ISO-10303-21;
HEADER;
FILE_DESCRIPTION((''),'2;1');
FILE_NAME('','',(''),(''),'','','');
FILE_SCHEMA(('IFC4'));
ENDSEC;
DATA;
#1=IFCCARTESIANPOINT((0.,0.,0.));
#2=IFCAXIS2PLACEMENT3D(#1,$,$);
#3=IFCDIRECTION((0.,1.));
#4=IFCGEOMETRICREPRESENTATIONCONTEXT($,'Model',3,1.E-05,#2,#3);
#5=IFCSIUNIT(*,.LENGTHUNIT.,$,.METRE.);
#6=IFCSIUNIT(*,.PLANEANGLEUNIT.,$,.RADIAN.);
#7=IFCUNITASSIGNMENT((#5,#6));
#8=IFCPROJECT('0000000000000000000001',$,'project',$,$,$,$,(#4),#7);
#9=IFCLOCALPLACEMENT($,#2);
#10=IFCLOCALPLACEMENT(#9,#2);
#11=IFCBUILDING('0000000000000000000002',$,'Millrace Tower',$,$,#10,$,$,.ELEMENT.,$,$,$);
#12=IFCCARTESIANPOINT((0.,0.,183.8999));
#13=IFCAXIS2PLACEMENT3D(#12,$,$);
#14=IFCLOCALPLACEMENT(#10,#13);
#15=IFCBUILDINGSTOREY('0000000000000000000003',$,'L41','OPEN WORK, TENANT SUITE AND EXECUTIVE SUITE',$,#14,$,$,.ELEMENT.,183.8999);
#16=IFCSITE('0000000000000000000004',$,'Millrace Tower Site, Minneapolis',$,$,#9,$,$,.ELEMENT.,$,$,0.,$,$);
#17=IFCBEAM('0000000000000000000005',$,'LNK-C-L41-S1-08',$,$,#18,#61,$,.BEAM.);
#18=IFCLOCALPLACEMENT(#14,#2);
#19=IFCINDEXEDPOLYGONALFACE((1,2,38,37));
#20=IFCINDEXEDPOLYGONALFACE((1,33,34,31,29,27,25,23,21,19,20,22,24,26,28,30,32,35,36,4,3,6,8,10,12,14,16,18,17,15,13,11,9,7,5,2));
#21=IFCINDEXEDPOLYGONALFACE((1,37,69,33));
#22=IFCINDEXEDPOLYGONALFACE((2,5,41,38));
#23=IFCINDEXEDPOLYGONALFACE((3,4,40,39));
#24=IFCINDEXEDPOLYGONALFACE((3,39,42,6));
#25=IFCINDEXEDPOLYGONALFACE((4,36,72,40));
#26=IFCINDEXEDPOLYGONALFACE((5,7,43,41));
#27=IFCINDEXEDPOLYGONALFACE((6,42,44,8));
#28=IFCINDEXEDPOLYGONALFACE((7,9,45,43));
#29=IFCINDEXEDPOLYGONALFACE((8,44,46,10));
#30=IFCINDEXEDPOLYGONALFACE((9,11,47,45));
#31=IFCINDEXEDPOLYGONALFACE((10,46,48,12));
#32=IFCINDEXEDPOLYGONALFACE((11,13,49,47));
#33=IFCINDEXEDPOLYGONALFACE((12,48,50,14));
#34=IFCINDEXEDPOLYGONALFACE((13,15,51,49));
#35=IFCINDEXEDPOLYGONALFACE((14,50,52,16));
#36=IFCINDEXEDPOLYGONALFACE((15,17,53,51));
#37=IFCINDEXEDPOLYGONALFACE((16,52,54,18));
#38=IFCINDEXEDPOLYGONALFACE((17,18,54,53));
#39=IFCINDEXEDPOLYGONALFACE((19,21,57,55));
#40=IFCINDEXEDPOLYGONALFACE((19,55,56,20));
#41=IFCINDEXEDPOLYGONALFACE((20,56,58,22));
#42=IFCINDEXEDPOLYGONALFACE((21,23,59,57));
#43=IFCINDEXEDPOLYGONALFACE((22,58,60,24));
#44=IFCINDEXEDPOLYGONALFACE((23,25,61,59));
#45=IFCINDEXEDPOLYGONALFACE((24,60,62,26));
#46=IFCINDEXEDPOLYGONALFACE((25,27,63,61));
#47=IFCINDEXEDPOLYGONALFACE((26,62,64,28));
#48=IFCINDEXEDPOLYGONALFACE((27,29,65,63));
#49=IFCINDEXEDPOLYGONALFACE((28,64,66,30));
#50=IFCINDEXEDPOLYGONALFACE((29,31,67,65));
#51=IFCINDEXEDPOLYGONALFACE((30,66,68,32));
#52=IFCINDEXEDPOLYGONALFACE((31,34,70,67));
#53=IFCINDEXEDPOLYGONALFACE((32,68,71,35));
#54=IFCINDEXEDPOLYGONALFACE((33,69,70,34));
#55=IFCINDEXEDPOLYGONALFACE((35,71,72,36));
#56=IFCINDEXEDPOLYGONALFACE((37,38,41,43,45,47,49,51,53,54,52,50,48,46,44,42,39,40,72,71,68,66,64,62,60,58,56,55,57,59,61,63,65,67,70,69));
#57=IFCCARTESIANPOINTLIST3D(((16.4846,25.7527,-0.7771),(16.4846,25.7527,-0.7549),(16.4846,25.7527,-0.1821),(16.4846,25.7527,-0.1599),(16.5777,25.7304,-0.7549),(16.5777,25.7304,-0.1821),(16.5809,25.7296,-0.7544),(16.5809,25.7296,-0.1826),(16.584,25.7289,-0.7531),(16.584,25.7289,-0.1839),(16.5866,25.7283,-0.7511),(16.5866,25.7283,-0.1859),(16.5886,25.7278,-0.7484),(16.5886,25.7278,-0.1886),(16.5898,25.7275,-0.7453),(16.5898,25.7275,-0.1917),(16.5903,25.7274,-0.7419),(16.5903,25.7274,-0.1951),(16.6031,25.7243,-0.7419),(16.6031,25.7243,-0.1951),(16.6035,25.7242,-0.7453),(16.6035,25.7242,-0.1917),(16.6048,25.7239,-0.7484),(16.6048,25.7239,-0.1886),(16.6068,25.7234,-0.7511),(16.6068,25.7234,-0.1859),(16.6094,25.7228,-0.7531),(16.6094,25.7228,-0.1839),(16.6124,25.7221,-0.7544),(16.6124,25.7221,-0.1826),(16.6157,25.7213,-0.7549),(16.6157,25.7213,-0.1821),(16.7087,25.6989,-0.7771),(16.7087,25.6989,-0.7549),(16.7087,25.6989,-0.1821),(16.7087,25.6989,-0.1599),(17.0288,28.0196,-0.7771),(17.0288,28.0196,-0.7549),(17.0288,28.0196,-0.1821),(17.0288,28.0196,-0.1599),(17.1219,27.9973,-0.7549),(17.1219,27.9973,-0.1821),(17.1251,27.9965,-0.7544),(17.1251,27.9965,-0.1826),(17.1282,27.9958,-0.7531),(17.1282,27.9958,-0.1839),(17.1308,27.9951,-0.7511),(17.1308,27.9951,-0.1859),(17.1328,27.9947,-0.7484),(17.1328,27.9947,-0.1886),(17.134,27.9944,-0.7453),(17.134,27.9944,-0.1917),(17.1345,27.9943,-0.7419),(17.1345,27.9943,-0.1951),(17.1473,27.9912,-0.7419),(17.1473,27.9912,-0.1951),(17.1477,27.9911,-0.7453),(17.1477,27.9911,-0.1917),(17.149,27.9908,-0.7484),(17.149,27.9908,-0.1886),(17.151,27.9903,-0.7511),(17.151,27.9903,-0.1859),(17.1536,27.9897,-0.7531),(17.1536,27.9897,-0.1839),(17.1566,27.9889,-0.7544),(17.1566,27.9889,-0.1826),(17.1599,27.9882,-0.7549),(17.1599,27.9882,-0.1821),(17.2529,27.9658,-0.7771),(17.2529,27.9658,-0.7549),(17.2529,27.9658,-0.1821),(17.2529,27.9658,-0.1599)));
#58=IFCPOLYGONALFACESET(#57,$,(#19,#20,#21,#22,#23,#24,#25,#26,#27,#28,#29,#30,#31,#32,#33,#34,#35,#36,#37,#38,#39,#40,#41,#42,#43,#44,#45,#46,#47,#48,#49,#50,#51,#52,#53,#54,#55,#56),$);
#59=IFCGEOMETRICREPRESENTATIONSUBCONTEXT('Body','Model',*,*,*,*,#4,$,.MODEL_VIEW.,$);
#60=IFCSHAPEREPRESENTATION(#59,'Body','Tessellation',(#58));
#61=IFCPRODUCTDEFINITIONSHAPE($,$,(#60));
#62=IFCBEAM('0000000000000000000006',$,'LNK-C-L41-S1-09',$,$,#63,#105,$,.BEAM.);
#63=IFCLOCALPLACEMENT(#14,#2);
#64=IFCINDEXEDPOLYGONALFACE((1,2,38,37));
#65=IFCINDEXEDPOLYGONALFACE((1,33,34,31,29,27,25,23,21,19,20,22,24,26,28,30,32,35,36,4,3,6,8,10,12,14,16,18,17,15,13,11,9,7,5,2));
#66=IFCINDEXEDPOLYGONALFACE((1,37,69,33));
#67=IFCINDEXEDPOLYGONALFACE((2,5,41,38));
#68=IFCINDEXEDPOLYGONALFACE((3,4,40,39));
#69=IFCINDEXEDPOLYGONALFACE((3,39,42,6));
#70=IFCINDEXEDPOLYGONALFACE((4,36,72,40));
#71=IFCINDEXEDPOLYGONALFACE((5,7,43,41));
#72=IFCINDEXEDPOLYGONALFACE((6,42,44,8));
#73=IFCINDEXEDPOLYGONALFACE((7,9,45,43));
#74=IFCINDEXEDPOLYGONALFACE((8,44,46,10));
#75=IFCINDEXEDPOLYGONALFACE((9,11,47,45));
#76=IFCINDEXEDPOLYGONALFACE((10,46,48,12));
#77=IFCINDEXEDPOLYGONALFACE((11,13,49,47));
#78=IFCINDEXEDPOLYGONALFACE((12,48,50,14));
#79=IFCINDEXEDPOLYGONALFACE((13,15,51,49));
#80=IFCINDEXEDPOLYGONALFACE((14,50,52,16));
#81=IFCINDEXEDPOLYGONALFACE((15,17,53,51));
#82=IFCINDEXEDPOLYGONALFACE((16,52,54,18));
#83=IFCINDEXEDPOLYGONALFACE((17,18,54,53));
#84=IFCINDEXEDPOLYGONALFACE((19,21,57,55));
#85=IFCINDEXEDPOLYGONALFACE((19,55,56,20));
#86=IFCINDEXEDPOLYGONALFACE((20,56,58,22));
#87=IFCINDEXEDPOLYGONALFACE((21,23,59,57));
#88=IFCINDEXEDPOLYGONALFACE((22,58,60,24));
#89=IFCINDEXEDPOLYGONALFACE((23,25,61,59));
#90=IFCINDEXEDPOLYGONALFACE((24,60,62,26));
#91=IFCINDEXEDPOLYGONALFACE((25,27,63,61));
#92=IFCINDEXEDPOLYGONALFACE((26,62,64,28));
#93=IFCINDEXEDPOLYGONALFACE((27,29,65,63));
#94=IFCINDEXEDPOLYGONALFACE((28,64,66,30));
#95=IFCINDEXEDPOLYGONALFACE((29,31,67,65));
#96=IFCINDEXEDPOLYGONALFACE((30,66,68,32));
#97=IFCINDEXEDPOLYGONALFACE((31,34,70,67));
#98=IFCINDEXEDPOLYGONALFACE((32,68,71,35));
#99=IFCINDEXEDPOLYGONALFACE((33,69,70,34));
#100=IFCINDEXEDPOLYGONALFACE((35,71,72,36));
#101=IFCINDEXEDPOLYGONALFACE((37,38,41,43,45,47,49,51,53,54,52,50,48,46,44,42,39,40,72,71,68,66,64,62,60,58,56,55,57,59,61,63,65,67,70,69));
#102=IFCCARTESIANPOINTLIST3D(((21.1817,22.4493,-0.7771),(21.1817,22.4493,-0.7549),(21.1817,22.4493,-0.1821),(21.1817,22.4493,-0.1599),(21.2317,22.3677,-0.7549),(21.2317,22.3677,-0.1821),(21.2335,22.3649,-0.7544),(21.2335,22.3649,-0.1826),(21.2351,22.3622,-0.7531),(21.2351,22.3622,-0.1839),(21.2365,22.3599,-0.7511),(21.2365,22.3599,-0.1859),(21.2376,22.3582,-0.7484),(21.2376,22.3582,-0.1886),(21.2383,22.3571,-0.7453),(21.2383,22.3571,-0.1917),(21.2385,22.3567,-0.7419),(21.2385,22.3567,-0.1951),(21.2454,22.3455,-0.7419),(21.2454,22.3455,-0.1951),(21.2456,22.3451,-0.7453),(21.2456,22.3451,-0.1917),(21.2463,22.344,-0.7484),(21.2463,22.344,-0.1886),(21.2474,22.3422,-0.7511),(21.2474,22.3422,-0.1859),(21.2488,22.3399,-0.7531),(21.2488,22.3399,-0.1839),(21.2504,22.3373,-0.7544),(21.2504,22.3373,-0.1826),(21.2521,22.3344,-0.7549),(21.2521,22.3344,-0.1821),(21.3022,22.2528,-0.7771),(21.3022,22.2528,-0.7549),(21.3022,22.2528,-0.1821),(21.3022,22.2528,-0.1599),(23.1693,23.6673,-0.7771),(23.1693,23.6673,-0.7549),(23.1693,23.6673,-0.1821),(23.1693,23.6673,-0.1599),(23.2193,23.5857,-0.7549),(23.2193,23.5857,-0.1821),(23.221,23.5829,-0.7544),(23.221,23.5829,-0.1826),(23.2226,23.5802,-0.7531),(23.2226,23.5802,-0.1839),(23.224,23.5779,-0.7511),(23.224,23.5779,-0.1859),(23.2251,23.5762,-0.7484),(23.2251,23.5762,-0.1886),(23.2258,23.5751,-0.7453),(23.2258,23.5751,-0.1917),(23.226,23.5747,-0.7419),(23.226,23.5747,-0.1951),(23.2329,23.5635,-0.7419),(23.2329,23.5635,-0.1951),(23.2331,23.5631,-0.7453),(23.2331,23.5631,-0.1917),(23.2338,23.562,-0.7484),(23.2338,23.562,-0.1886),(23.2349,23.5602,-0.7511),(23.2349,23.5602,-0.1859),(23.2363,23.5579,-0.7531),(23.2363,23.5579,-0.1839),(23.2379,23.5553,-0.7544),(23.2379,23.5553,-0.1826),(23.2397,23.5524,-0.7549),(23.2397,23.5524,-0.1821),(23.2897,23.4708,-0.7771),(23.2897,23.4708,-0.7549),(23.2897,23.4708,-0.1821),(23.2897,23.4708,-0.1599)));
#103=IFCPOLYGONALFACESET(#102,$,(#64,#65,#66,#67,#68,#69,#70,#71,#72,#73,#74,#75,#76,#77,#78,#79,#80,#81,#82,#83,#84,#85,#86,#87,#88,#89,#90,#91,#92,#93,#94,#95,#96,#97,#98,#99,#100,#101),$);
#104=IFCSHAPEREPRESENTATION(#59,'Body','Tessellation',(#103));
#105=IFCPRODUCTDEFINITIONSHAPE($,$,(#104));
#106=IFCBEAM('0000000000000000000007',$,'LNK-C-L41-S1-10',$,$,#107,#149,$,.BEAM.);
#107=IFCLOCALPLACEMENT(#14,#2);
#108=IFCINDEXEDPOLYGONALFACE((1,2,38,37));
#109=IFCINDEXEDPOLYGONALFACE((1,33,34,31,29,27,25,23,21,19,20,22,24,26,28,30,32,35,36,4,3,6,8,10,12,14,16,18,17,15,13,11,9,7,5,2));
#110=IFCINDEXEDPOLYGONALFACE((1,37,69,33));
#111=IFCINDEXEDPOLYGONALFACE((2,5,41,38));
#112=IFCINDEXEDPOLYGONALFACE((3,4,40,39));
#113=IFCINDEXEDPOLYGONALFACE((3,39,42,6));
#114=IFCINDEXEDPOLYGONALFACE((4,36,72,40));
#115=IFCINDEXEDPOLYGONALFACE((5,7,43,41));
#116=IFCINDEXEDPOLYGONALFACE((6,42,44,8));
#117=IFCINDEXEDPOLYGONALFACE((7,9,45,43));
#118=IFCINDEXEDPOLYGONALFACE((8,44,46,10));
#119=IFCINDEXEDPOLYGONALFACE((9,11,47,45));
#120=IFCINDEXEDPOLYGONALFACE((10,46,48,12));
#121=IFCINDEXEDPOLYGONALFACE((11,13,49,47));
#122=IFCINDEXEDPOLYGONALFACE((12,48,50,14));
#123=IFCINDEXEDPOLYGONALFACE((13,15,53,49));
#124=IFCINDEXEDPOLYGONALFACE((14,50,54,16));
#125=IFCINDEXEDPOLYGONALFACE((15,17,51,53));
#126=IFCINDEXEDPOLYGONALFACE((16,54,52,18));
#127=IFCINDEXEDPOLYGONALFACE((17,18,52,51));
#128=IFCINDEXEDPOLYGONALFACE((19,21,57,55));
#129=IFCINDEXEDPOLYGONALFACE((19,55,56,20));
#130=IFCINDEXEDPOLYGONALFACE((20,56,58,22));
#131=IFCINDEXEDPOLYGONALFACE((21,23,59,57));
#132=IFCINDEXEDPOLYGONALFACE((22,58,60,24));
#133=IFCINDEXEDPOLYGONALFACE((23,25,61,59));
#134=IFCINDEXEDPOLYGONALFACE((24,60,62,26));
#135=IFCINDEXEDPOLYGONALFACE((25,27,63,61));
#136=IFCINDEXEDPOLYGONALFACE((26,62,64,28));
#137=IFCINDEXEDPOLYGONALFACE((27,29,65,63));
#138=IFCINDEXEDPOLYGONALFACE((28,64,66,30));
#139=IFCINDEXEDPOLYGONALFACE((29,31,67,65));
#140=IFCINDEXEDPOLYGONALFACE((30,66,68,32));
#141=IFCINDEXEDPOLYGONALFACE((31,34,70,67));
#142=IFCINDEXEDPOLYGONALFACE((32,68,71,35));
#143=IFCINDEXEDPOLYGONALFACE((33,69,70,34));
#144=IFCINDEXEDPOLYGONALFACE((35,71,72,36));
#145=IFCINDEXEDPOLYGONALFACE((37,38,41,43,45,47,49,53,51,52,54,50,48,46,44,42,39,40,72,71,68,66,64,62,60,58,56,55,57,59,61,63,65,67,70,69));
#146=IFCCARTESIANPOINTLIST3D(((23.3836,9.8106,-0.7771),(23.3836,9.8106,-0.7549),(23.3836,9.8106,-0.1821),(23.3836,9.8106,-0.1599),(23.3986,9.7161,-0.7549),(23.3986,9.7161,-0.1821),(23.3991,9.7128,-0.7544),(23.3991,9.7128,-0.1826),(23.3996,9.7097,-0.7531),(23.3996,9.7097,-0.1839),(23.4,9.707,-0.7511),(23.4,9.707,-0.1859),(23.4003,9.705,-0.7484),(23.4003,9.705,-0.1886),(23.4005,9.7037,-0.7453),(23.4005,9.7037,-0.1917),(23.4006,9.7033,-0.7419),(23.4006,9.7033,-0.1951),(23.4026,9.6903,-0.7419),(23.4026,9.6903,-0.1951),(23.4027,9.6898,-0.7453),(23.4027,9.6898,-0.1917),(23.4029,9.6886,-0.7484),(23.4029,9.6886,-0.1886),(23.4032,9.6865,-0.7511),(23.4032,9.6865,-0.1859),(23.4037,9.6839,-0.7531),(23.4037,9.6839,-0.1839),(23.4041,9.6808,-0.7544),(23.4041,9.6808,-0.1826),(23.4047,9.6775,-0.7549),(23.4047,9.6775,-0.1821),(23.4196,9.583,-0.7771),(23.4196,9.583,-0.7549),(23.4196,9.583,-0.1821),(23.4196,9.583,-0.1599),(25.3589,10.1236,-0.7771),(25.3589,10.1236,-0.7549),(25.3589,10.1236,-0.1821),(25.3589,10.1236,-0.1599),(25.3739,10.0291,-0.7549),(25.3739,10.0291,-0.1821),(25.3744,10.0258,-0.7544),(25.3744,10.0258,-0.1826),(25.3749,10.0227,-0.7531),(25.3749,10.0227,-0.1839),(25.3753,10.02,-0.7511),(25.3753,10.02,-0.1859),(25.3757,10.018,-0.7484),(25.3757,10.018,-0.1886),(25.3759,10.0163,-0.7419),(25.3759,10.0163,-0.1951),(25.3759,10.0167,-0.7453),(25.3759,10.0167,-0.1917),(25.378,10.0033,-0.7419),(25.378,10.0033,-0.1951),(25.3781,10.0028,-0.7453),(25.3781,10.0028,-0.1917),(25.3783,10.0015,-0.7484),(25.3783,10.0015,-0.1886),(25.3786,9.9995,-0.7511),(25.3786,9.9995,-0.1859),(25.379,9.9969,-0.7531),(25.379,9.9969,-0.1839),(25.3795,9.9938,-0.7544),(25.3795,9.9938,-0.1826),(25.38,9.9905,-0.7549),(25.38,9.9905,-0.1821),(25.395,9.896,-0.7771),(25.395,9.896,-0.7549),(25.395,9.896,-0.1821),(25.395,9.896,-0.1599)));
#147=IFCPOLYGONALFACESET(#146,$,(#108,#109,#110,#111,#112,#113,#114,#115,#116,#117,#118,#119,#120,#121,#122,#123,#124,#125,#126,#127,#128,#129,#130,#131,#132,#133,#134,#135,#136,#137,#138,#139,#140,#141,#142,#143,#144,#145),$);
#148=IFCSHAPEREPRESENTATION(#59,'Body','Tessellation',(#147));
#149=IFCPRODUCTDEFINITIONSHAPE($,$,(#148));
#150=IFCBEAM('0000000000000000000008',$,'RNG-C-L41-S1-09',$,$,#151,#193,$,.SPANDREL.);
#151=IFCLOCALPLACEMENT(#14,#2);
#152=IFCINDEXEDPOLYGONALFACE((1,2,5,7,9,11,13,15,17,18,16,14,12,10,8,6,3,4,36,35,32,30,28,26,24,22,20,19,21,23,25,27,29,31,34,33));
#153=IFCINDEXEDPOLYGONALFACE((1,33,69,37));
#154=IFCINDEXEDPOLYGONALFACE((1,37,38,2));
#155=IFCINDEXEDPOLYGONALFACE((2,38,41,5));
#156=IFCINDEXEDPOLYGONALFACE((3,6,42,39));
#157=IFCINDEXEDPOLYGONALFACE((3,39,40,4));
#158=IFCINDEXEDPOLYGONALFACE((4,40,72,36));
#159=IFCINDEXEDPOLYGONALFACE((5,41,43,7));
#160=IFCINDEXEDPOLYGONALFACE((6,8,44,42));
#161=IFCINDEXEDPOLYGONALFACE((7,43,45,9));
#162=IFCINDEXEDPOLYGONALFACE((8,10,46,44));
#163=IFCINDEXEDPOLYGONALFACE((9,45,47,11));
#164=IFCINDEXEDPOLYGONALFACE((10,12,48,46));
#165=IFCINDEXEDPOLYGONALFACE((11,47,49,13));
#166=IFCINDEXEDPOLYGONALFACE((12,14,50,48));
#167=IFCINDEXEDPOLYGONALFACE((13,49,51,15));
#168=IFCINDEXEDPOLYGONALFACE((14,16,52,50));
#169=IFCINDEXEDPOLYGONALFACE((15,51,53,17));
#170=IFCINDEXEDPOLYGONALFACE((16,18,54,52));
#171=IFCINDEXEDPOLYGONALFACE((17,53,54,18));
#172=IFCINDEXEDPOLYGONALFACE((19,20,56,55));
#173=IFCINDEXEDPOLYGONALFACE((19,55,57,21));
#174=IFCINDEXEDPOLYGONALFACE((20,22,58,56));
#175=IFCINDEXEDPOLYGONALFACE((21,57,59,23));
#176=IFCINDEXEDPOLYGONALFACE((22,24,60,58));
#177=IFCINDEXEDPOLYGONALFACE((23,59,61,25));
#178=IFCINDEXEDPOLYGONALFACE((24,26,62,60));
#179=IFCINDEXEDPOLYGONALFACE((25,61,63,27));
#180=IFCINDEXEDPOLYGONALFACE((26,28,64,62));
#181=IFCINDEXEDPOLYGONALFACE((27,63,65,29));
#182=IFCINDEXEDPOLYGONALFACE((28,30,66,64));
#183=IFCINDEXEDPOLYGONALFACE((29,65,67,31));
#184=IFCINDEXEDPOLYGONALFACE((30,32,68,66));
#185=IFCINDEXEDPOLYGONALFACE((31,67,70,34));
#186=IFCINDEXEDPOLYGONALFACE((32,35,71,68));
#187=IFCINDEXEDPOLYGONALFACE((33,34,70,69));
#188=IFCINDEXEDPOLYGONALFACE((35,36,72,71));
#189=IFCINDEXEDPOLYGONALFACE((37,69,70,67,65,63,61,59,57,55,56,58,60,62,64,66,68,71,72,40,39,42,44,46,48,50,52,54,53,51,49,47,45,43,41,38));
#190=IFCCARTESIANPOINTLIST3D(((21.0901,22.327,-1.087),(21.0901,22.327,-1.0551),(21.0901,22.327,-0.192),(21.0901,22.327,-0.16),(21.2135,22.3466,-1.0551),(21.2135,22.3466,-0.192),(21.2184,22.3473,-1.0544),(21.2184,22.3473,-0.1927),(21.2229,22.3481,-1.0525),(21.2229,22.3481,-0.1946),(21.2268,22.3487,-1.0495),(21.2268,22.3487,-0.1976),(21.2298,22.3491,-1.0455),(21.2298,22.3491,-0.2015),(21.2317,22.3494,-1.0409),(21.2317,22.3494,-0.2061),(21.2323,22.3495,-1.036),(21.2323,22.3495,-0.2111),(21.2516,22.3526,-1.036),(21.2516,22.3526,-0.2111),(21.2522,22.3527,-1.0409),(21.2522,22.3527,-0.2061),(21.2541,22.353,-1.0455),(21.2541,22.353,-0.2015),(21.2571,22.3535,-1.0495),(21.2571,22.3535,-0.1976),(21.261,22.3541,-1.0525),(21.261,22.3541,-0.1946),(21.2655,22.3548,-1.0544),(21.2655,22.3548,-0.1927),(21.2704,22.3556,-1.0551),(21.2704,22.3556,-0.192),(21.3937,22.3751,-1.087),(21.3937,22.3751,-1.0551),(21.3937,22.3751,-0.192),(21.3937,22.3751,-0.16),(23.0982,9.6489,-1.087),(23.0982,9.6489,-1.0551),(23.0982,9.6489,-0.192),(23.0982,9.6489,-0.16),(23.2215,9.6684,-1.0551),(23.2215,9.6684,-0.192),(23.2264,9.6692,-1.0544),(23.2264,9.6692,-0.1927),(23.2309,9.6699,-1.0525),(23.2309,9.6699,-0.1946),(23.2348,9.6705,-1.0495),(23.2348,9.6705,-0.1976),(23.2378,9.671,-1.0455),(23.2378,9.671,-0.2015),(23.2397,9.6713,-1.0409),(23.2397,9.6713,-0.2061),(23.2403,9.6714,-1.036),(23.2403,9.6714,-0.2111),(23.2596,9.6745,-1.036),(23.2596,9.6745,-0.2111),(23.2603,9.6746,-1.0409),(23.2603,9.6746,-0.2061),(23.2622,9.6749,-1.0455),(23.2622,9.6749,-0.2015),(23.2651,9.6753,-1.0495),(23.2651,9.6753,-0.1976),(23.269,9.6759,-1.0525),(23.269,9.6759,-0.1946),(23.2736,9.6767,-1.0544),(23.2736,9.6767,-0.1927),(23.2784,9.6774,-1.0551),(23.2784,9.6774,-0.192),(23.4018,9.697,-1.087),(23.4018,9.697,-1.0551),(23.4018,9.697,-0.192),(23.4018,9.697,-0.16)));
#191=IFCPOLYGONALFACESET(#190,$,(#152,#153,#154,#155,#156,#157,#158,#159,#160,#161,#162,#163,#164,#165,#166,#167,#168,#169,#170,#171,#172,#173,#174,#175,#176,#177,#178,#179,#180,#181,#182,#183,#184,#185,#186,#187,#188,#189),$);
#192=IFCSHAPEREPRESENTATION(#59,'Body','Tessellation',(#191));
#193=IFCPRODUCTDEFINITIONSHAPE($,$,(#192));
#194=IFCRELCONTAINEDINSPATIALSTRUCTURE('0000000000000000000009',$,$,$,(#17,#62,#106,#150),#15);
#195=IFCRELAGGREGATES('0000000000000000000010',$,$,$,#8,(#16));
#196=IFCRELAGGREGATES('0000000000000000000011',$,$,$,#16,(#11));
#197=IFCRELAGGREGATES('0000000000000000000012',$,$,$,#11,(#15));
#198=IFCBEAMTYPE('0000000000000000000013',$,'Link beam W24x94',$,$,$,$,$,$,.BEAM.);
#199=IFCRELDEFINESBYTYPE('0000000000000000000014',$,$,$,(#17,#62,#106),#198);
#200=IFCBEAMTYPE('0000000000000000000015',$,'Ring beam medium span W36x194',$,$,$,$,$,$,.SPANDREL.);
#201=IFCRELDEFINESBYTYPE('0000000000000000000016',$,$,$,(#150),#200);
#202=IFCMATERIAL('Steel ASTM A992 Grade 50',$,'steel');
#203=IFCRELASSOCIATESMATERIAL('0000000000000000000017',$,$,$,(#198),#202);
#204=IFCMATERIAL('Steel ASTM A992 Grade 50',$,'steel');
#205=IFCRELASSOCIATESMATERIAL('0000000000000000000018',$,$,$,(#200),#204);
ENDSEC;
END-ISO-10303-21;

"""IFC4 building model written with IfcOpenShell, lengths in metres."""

from ifc_helpers import new_model, si_unit, direction, frame, origin, origin_2d, place, context, subcontext, project, spatial, i_section, extrude, material, material_profile, profile_set, type_object, element, save


model = new_model("IFC4")

# Units and contexts
model_context = context("Model", 3, precision=1e-05, world=origin(), true_north=direction((0.0, 1.0)))
body_context = subcontext(model_context, "Body", "Model", "MODEL_VIEW")
ifc_project = project(units=[si_unit("LENGTHUNIT", "METRE"), si_unit("PLANEANGLEUNIT", "RADIAN")], contexts=[model_context])

# Site, building, storey
site_placement = place(None, origin())
site = spatial("IfcSite", under=ifc_project, at=site_placement, Name="Millrace Tower Site, Minneapolis", CompositionType="ELEMENT", RefElevation=0.0)
building_placement = place(site_placement, origin())
building = spatial("IfcBuilding", under=site, at=building_placement, Name="Millrace Tower", CompositionType="ELEMENT")
storey_placement = place(building_placement, frame((0.0, 0.0, 183.8999)))
storey = spatial("IfcBuildingStorey", under=building, at=storey_placement, Name="L41", Description="OPEN WORK, TENANT SUITE AND EXECUTIVE SUITE", CompositionType="ELEMENT", Elevation=183.8999)

# Beams
ifc_material_1 = material(Name="Steel ASTM A992 Grade 50", Category="steel")
ifc_material_profile_1 = material_profile(ifc_material_1, i_section(OverallWidth=0.2305, OverallDepth=0.6172, WebThickness=0.0132, FlangeThickness=0.0222, FilletRadius=0.0129, at=origin_2d()))
ifc_profile_set_1 = profile_set([ifc_material_profile_1], Name="Steel ASTM A992 Grade 50")
beam_type_1 = type_object("IfcBeamType", Name="Link beam W24x94", PredefinedType="BEAM", material=ifc_profile_set_1)
beam_1_placement = place(storey_placement, frame((16.5967, 25.7258, -0.4685), z_axis=(0.233432, 0.972373, 0.0), x_axis=(-0.972373, 0.233432, 0.0)))
element("IfcBeam", 1, at=beam_1_placement, inside=storey, type_object=beam_type_1, Name="LNK-C-L41-S1-08", PredefinedType="BEAM", context=body_context, shape_type="SweptSolid", body=[
    extrude(i_section(OverallWidth=0.2305, OverallDepth=0.6172, WebThickness=0.0132, FlangeThickness=0.0222, FilletRadius=0.0129, at=origin_2d()), origin(), (0.0, 0.0, 1.0), 2.3313),
])
beam_2_placement = place(storey_placement, frame((21.2419, 22.3511, -0.4685), z_axis=(0.852631, 0.522513, 0.0), x_axis=(-0.522513, 0.852631, 0.0)))
element("IfcBeam", 2, at=beam_2_placement, inside=storey, type_object=beam_type_1, Name="LNK-C-L41-S1-09", PredefinedType="BEAM", context=body_context, shape_type="SweptSolid", body=[
    extrude(i_section(OverallWidth=0.2305, OverallDepth=0.6172, WebThickness=0.0132, FlangeThickness=0.0222, FilletRadius=0.0129, at=origin_2d()), origin(), (0.0, 0.0, 1.0), 2.3311),
])
beam_3_placement = place(storey_placement, frame((23.4016, 9.6968, -0.4685), z_axis=(0.987679, 0.156495, 0.0), x_axis=(-0.156495, 0.987679, 0.0)))
element("IfcBeam", 3, at=beam_3_placement, inside=storey, type_object=beam_type_1, Name="LNK-C-L41-S1-10", PredefinedType="BEAM", context=body_context, shape_type="SweptSolid", body=[
    extrude(i_section(OverallWidth=0.2305, OverallDepth=0.6172, WebThickness=0.0132, FlangeThickness=0.0222, FilletRadius=0.0129, at=origin_2d()), origin(), (0.0, 0.0, 1.0), 2.0),
])
ifc_material_2 = material(Name="Steel ASTM A992 Grade 50", Category="steel")
ifc_material_profile_2 = material_profile(ifc_material_2, i_section(OverallWidth=0.3074, OverallDepth=0.927, WebThickness=0.0195, FlangeThickness=0.032, FilletRadius=0.019, at=origin_2d()))
ifc_profile_set_2 = profile_set([ifc_material_profile_2], Name="Steel ASTM A992 Grade 50")
beam_type_2 = type_object("IfcBeamType", Name="Ring beam medium span W36x194", PredefinedType="SPANDREL", material=ifc_profile_set_2)
beam_4_placement = place(storey_placement, frame((21.2419, 22.3511, -0.6235), z_axis=(0.156436, -0.987688, 0.0), x_axis=(0.987688, 0.156436, 0.0)))
element("IfcBeam", 4, at=beam_4_placement, inside=storey, type_object=beam_type_2, Name="RNG-C-L41-S1-09", PredefinedType="SPANDREL", context=body_context, shape_type="SweptSolid", body=[
    extrude(i_section(OverallWidth=0.3074, OverallDepth=0.927, WebThickness=0.0195, FlangeThickness=0.032, FilletRadius=0.019, at=origin_2d()), origin(), (0.0, 0.0, 1.0), 12.8362),
])

save(model, "model.ifc")
